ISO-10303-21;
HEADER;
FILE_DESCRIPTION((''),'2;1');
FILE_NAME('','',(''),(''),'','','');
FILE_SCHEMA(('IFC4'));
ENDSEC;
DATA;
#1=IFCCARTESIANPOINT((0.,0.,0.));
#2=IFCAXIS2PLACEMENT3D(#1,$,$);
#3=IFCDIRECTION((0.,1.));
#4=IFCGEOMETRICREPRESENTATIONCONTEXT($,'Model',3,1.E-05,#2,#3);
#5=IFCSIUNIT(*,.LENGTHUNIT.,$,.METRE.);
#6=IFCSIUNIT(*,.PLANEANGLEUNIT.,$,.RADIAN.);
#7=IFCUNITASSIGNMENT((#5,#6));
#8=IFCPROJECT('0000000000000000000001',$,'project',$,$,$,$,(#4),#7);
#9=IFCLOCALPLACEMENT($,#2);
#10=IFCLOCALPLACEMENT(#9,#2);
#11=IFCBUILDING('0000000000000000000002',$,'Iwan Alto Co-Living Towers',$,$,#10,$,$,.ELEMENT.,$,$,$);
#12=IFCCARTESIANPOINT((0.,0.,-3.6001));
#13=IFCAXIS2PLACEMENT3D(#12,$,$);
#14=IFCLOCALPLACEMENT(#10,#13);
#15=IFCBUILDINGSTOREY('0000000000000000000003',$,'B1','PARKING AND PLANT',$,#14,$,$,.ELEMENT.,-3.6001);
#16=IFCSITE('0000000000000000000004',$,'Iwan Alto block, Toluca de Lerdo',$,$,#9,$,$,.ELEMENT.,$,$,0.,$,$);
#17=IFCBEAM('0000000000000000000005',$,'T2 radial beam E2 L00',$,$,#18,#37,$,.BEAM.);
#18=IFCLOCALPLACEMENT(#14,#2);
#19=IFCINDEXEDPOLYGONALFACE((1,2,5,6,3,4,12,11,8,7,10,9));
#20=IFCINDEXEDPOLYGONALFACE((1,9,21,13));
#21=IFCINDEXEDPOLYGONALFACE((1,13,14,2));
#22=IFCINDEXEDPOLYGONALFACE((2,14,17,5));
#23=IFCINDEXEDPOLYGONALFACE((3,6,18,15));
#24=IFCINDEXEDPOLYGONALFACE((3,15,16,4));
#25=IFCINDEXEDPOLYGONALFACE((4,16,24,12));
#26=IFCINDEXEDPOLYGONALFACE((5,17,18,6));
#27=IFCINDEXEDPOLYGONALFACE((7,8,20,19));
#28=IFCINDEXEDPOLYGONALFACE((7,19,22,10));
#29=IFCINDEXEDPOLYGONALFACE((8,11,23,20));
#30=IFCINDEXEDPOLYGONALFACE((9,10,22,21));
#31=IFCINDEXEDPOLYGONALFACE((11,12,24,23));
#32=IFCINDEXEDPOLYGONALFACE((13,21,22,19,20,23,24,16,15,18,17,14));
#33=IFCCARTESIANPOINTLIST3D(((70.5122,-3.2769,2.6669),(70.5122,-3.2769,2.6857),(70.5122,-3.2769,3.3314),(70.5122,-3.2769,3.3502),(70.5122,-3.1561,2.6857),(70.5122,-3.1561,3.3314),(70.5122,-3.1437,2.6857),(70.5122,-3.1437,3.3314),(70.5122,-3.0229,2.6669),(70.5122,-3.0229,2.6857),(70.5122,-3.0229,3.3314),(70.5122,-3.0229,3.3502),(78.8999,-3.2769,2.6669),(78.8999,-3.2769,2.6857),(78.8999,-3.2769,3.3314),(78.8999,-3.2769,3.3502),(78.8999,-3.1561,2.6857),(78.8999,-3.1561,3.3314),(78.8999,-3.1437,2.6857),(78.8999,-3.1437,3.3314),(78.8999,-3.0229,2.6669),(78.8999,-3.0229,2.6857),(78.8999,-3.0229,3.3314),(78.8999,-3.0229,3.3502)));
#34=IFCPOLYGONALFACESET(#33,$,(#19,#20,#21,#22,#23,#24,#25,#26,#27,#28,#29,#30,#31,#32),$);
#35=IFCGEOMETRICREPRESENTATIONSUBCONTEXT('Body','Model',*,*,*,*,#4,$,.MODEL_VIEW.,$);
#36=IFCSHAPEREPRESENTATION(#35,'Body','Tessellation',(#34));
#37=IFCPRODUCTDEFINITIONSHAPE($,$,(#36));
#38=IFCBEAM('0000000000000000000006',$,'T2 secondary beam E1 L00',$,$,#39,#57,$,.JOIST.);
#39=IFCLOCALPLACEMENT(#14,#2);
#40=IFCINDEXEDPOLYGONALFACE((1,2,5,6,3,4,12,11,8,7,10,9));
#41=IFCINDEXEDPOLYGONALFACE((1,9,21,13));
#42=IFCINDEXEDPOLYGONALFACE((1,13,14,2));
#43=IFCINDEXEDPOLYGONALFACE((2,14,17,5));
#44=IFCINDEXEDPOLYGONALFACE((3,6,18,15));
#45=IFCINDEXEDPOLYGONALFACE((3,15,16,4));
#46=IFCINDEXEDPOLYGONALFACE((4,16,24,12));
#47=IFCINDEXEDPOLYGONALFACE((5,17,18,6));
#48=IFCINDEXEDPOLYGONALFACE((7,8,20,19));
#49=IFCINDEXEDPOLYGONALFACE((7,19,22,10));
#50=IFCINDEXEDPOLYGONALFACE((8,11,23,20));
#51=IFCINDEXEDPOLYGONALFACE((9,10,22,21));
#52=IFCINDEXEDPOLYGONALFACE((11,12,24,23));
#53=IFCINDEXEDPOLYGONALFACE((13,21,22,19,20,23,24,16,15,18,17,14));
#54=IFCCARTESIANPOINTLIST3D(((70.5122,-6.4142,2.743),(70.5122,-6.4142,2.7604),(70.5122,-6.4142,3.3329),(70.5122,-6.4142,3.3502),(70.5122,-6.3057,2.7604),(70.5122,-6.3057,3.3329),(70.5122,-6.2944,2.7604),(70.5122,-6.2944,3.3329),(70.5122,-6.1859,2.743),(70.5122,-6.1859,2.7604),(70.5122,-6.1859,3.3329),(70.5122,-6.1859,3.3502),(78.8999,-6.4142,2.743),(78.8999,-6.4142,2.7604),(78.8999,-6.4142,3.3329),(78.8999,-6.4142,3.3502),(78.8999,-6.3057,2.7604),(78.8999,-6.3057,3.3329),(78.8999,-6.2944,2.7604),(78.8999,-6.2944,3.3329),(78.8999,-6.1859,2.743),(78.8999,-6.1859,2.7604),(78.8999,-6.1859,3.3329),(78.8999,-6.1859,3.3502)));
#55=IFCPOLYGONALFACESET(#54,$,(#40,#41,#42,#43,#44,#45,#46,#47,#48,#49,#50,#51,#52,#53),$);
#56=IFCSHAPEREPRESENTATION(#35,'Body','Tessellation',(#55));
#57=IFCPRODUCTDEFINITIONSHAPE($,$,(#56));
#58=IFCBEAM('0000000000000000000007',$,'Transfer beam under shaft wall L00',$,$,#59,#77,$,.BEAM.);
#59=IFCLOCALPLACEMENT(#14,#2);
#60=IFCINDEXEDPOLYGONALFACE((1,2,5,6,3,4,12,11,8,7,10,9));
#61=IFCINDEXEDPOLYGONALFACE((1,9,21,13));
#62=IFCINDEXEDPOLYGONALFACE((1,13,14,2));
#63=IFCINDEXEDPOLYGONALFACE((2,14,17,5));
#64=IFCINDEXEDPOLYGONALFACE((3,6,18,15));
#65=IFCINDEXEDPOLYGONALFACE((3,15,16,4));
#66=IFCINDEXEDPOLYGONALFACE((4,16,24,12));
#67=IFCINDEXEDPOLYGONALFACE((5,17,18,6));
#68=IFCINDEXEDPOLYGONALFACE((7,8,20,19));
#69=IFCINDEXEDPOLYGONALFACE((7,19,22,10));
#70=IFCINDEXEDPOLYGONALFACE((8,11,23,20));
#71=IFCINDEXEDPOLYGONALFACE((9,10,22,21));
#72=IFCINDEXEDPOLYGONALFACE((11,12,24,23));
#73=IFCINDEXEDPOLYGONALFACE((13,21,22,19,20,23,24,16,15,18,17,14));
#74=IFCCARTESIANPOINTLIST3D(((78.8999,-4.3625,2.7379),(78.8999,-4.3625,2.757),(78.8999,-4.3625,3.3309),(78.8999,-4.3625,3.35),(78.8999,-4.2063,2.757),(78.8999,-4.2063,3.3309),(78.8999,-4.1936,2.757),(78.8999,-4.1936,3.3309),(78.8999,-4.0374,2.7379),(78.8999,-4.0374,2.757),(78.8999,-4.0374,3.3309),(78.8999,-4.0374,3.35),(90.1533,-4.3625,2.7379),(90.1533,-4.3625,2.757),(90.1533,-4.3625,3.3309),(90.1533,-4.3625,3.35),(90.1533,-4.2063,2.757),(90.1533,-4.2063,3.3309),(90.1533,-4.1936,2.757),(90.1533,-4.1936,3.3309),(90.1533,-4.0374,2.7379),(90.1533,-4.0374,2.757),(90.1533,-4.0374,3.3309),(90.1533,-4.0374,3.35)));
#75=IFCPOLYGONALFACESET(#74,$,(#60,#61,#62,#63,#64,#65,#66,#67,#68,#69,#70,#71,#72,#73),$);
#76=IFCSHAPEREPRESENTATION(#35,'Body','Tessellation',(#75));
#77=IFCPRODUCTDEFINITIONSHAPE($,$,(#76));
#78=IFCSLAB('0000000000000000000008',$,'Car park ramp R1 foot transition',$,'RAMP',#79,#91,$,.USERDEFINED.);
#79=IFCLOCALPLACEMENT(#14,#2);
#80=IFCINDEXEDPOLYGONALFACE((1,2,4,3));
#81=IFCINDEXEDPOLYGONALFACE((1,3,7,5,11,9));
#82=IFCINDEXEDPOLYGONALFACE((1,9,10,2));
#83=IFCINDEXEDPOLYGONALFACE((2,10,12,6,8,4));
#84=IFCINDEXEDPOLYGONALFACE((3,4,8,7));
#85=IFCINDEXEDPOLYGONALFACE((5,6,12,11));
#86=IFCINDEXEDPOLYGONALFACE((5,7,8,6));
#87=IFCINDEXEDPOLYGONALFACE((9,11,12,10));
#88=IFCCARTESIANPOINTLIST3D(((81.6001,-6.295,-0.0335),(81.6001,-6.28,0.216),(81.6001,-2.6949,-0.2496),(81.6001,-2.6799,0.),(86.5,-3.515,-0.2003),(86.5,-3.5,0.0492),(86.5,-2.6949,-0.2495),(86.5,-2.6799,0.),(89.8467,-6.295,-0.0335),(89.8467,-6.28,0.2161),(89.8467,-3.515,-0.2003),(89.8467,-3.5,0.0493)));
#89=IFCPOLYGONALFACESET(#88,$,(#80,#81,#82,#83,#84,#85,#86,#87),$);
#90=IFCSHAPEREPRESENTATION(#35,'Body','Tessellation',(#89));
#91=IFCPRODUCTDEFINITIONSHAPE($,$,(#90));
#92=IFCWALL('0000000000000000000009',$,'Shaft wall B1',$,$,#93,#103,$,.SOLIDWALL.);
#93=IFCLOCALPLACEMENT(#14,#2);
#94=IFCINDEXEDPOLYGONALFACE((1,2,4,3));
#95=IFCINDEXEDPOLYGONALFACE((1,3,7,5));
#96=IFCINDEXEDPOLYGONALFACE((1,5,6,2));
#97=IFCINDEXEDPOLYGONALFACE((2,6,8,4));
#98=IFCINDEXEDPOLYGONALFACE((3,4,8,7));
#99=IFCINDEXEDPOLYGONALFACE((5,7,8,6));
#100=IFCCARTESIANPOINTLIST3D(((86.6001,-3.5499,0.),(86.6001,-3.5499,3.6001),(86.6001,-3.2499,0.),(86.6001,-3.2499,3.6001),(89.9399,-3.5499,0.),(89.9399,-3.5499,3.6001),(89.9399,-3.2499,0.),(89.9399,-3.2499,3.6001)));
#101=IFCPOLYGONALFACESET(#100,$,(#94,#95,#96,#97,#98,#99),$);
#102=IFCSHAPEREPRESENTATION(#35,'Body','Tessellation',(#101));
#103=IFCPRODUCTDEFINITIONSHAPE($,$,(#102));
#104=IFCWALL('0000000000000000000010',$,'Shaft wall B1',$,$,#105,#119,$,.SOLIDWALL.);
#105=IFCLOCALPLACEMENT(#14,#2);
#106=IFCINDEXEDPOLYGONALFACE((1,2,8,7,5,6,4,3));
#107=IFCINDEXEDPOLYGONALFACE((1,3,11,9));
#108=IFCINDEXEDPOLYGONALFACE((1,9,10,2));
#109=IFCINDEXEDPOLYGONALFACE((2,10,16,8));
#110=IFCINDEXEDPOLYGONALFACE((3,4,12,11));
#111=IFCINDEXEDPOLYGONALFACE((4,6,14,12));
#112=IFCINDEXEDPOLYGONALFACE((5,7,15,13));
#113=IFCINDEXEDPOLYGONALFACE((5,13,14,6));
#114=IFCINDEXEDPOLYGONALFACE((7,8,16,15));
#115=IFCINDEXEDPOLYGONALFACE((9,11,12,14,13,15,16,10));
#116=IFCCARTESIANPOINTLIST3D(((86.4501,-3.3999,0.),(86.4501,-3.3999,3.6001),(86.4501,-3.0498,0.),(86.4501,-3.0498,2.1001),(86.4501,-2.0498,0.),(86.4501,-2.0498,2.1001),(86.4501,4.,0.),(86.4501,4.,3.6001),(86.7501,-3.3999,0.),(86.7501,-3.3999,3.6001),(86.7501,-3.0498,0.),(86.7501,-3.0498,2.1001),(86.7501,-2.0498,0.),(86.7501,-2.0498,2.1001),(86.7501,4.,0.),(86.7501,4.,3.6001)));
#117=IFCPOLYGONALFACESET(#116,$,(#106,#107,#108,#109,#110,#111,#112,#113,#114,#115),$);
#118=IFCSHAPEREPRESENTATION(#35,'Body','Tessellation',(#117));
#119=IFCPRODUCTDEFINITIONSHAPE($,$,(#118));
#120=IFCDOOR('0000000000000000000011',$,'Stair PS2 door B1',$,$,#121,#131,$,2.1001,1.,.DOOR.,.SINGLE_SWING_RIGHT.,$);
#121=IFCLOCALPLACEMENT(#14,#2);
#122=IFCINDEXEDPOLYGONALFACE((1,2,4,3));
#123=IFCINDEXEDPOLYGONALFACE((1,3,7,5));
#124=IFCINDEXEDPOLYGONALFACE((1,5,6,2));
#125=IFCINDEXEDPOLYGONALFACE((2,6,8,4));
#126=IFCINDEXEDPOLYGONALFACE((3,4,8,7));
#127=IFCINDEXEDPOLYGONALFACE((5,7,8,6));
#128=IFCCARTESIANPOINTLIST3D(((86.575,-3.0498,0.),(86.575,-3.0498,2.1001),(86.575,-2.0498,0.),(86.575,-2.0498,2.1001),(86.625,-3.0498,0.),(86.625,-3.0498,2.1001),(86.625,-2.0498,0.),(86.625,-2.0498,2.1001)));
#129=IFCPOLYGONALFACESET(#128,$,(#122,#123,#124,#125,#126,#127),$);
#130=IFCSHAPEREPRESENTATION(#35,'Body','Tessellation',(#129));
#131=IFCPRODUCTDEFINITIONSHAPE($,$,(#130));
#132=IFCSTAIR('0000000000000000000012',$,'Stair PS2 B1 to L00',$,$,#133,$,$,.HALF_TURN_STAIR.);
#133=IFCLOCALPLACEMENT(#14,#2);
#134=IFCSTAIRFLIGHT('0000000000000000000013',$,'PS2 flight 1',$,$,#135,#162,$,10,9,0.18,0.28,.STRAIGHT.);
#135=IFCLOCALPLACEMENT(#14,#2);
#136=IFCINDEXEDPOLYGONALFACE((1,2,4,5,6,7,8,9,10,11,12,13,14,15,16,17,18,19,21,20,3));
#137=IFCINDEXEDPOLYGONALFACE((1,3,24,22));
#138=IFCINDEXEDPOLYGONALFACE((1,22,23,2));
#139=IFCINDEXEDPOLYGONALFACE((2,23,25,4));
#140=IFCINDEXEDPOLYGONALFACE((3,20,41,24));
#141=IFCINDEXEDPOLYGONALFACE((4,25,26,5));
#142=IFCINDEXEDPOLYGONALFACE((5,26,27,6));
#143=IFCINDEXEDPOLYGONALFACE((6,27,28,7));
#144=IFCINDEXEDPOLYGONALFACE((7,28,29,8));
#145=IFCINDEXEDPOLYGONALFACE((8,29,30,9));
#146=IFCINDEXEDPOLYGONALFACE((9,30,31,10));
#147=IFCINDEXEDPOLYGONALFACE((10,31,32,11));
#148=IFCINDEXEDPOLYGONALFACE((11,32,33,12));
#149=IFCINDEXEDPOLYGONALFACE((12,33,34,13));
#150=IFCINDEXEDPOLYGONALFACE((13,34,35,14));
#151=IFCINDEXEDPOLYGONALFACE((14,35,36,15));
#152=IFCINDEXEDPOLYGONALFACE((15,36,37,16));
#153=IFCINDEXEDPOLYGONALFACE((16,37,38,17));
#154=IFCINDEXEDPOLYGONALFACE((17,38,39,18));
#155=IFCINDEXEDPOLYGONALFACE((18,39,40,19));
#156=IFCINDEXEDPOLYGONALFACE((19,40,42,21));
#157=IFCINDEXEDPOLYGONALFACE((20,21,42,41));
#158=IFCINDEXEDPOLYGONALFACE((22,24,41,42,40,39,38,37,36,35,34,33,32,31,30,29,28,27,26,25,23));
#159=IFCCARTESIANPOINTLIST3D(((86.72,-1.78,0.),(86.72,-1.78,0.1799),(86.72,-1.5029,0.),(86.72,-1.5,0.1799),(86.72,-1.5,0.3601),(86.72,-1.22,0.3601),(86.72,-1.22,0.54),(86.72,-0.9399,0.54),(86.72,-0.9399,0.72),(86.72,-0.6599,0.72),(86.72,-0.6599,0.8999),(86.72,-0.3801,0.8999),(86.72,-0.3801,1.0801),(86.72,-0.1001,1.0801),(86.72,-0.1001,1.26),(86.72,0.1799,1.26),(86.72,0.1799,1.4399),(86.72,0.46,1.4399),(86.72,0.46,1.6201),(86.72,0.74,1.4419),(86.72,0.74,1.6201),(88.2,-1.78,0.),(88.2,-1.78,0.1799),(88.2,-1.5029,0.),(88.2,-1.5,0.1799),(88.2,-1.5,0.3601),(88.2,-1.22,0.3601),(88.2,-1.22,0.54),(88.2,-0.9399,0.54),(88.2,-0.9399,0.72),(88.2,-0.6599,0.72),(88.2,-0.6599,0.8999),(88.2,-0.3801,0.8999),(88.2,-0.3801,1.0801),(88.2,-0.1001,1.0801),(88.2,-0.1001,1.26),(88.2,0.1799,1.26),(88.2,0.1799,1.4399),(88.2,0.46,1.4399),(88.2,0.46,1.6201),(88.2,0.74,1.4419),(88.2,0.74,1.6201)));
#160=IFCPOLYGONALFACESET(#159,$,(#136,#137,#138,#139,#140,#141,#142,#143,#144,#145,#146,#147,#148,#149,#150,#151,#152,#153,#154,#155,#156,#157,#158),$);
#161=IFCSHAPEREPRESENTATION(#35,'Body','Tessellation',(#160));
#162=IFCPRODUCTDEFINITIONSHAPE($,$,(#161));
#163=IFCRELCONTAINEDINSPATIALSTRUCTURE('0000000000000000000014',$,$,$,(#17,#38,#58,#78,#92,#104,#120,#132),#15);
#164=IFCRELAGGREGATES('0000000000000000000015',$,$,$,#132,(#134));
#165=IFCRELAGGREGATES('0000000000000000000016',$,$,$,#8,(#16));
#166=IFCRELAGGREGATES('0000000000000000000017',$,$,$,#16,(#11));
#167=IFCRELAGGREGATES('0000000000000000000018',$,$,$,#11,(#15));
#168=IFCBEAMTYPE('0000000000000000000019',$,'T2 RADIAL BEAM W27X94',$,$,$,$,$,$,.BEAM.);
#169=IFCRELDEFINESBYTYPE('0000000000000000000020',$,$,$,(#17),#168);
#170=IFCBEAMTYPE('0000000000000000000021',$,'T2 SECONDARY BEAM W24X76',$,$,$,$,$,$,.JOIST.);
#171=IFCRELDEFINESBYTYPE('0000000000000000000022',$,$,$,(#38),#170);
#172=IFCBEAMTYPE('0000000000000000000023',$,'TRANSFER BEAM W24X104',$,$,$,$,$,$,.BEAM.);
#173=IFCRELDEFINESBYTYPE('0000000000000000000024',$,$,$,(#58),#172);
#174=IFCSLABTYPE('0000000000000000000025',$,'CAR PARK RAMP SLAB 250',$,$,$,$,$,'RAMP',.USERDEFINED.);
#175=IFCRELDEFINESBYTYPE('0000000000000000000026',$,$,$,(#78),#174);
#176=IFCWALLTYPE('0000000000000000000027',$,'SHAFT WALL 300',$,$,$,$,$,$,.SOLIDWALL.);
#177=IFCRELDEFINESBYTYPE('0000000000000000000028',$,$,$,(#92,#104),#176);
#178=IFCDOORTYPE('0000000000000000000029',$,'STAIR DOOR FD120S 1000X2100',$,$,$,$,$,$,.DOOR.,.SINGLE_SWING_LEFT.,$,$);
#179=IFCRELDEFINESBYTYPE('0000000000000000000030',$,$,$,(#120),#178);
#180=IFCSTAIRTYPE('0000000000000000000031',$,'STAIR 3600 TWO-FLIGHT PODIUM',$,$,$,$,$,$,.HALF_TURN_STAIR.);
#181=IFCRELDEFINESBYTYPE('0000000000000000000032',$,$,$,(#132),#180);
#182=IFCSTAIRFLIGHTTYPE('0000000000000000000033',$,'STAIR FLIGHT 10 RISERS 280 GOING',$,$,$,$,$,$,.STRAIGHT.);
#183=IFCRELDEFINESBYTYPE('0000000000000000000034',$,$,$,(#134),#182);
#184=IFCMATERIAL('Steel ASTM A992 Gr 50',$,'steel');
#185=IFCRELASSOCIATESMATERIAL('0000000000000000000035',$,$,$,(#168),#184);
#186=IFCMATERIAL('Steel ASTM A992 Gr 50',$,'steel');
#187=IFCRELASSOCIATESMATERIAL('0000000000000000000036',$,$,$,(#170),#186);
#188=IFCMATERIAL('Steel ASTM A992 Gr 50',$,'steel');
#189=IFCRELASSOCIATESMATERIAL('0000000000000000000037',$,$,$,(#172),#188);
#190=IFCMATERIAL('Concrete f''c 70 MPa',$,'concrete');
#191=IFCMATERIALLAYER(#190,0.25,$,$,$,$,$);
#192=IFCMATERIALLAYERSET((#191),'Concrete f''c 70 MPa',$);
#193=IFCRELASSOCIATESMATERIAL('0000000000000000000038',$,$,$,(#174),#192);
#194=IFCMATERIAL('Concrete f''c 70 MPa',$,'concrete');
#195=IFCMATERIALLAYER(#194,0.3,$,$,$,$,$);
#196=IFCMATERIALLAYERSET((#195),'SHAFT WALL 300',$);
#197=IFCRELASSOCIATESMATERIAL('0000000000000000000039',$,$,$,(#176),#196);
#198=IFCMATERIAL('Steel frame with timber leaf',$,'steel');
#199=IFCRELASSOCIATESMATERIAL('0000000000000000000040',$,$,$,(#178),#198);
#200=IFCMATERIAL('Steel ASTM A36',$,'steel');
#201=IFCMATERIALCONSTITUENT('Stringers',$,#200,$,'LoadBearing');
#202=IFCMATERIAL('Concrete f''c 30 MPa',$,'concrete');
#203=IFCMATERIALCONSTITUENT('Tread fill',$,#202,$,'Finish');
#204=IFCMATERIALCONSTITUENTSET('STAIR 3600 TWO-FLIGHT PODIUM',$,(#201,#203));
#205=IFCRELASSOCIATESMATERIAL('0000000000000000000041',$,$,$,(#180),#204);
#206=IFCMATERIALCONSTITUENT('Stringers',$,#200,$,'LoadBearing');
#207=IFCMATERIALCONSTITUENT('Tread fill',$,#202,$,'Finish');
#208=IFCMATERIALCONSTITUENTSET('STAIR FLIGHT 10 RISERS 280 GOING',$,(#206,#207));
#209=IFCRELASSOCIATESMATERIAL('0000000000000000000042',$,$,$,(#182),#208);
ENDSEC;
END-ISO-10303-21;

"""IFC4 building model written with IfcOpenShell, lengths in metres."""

from ifc_helpers import new_model, si_unit, direction, frame, frame_2d, origin, origin_2d, place, context, subcontext, project, spatial, polyline, rectangle, i_section, outline, extrude, material, layer, layer_set, constituent, constituent_set, material_profile, profile_set, type_object, element, fill, aggregate, save


model = new_model("IFC4")

# Units and contexts
model_context = context("Model", 3, precision=1e-05, world=origin(), true_north=direction((0.0, 1.0)))
body_context = subcontext(model_context, "Body", "Model", "MODEL_VIEW")
ifc_project = project(units=[si_unit("LENGTHUNIT", "METRE"), si_unit("PLANEANGLEUNIT", "RADIAN")], contexts=[model_context])

# Site, building, storey
site_placement = place(None, origin())
site = spatial("IfcSite", under=ifc_project, at=site_placement, Name="Iwan Alto block, Toluca de Lerdo", CompositionType="ELEMENT", RefElevation=0.0)
building_placement = place(site_placement, origin())
building = spatial("IfcBuilding", under=site, at=building_placement, Name="Iwan Alto Co-Living Towers", CompositionType="ELEMENT")
storey_placement = place(building_placement, frame((0.0, 0.0, -3.6001)))
storey = spatial("IfcBuildingStorey", under=building, at=storey_placement, Name="B1", Description="PARKING AND PLANT", CompositionType="ELEMENT", Elevation=-3.6001)

# Beams
ifc_material_1 = material(Name="Steel ASTM A992 Gr 50", Category="steel")
ifc_material_profile_1 = material_profile(ifc_material_1, i_section(OverallWidth=0.2539, OverallDepth=0.6833, WebThickness=0.0125, FlangeThickness=0.0188, at=origin_2d()), Name="W27X94")
ifc_profile_set_1 = profile_set([ifc_material_profile_1], Name="Steel ASTM A992 Gr 50")
beam_type_1 = type_object("IfcBeamType", Name="T2 RADIAL BEAM W27X94", PredefinedType="BEAM", material=ifc_profile_set_1)
beam_1_placement = place(storey_placement, frame((78.8999, -3.1499, 3.0085), z_axis=(-1.0, 0.0, 0.0), x_axis=(0.0, -1.0, 0.0)))
element("IfcBeam", 1, at=beam_1_placement, inside=storey, type_object=beam_type_1, Name="T2 radial beam E2 L00", PredefinedType="BEAM", context=body_context, shape_type="SweptSolid", body=[
    extrude(i_section(OverallWidth=0.2539, OverallDepth=0.6833, WebThickness=0.0125, FlangeThickness=0.0188, at=origin_2d()), origin(), (0.0, 0.0, 1.0), 8.3877),
])
ifc_material_2 = material(Name="Steel ASTM A992 Gr 50", Category="steel")
ifc_material_profile_2 = material_profile(ifc_material_2, i_section(OverallWidth=0.2283, OverallDepth=0.6072, WebThickness=0.0112, FlangeThickness=0.0173, at=origin_2d()), Name="W24X76")
ifc_profile_set_2 = profile_set([ifc_material_profile_2], Name="Steel ASTM A992 Gr 50")
beam_type_2 = type_object("IfcBeamType", Name="T2 SECONDARY BEAM W24X76", PredefinedType="JOIST", material=ifc_profile_set_2)
beam_2_placement = place(storey_placement, frame((78.8999, -6.3, 3.0466), z_axis=(-1.0, 0.0, 0.0), x_axis=(0.0, -1.0, 0.0)))
element("IfcBeam", 2, at=beam_2_placement, inside=storey, type_object=beam_type_2, Name="T2 secondary beam E1 L00", PredefinedType="JOIST", context=body_context, shape_type="SweptSolid", body=[
    extrude(i_section(OverallWidth=0.2283, OverallDepth=0.6072, WebThickness=0.0112, FlangeThickness=0.0173, at=origin_2d()), origin(), (0.0, 0.0, 1.0), 8.3877),
])
ifc_material_3 = material(Name="Steel ASTM A992 Gr 50", Category="steel")
ifc_material_profile_3 = material_profile(ifc_material_3, i_section(OverallWidth=0.3252, OverallDepth=0.6121, WebThickness=0.0127, FlangeThickness=0.019, at=origin_2d()), Name="W24X104")
ifc_profile_set_3 = profile_set([ifc_material_profile_3], Name="Steel ASTM A992 Gr 50")
beam_type_3 = type_object("IfcBeamType", Name="TRANSFER BEAM W24X104", PredefinedType="BEAM", material=ifc_profile_set_3)
beam_3_placement = place(storey_placement, frame((78.8999, -4.2, 3.0439), z_axis=(1.0, 0.0, 0.0), x_axis=(0.0, 1.0, 0.0)))
element("IfcBeam", 3, at=beam_3_placement, inside=storey, type_object=beam_type_3, Name="Transfer beam under shaft wall L00", PredefinedType="BEAM", context=body_context, shape_type="SweptSolid", body=[
    extrude(i_section(OverallWidth=0.3252, OverallDepth=0.6121, WebThickness=0.0127, FlangeThickness=0.019, at=origin_2d()), origin(), (0.0, 0.0, 1.0), 11.2534),
])

# Slab
ifc_material_4 = material(Name="Concrete f'c 70 MPa", Category="concrete")
ifc_layer_1 = layer(ifc_material_4, 0.25)
ifc_layer_set_1 = layer_set([ifc_layer_1], Name="Concrete f'c 70 MPa")
slab_type = type_object("IfcSlabType", Name="CAR PARK RAMP SLAB 250", ElementType="RAMP", PredefinedType="USERDEFINED", material=ifc_layer_set_1)
slab_placement = place(storey_placement, frame((89.8467, -6.28, 0.2161), z_axis=(-0.000007, 0.059896, 0.998205), x_axis=(-1.0, 0.0, -0.000007)))
element("IfcSlab", 4, at=slab_placement, inside=storey, type_object=slab_type, Name="Car park ramp R1 foot transition", ObjectType="RAMP", PredefinedType="USERDEFINED", context=body_context, shape_type="SweptSolid", body=[
    extrude(outline(polyline([(0.0, 0.0), (8.2466, 0.0), (8.2466, -3.6066), (3.3467, -3.6066), (3.3467, -2.785), (0.0, -2.785), (0.0, 0.0)])), origin(), (0.0, 0.0, -1.0), 0.25),
])

# Wall
ifc_material_5 = material(Name="Concrete f'c 70 MPa", Category="concrete")
ifc_layer_2 = layer(ifc_material_5, 0.3)
ifc_layer_set_2 = layer_set([ifc_layer_2], Name="SHAFT WALL 300")
wall_type = type_object("IfcWallType", Name="SHAFT WALL 300", PredefinedType="SOLIDWALL", material=ifc_layer_set_2)
wall_1_placement = place(storey_placement, frame((86.6001, -3.3999, 0.0), z_axis=(0.0, 0.0, 1.0), x_axis=(1.0, 0.0, 0.0)))
element("IfcWall", 5, at=wall_1_placement, inside=storey, type_object=wall_type, Name="Shaft wall B1", PredefinedType="SOLIDWALL", context=body_context, shape_type="SweptSolid", body=[
    extrude(rectangle(XDim=3.3398, YDim=0.3, at=frame_2d((1.6699, 0.0))), origin(), (0.0, 0.0, 1.0), 3.6001),
])

# Wall, opening, door
wall_2_placement = place(storey_placement, frame((86.6001, -3.3999, 0.0), z_axis=(0.0, 0.0, 1.0), x_axis=(0.0, 1.0, 0.0)))
wall_2 = element("IfcWall", 6, at=wall_2_placement, inside=storey, type_object=wall_type, Name="Shaft wall B1", PredefinedType="SOLIDWALL", context=body_context, shape_type="SweptSolid", body=[
    extrude(rectangle(XDim=7.3999, YDim=0.3, at=frame_2d((3.7, 0.0))), origin(), (0.0, 0.0, 1.0), 3.6001),
])
opening_placement = place(wall_2_placement, frame((0.3501, 0.0, 0.0)))
opening = element("IfcOpeningElement", 7, at=opening_placement, cuts=wall_2, PredefinedType="OPENING", context=body_context, shape_type="SweptSolid", body=[
    extrude(rectangle(XDim=1.0, YDim=2.1001, at=frame_2d((0.5, 1.05))), frame((0.0, 0.1599, 0.0), z_axis=(0.0, -1.0, 0.0), x_axis=(1.0, 0.0, 0.0)), (0.0, 0.0, 1.0), 0.3201),
])
ifc_material_6 = material(Name="Steel frame with timber leaf", Category="steel")
door_type = type_object("IfcDoorType", Name="STAIR DOOR FD120S 1000X2100", OperationType="SINGLE_SWING_LEFT", PredefinedType="DOOR", material=ifc_material_6)
door_placement = place(opening_placement, frame((1.0, 0.0, 0.0), z_axis=(0.0, 0.0, 1.0), x_axis=(-1.0, 0.0, 0.0)))
door = element("IfcDoor", 8, at=door_placement, inside=storey, type_object=door_type, Name="Stair PS2 door B1", OperationType="SINGLE_SWING_RIGHT", OverallHeight=2.1001, OverallWidth=1.0, PredefinedType="DOOR", context=body_context, shape_type="SweptSolid", body=[
    extrude(rectangle(XDim=1.0, YDim=2.1001, at=frame_2d((0.5, 1.05))), frame((0.0, 0.0249, 0.0), z_axis=(0.0, -1.0, 0.0), x_axis=(1.0, 0.0, 0.0)), (0.0, 0.0, 1.0), 0.05),
])
fill(opening, door)

# Stair, stair flight
ifc_material_7 = material(Name="Steel ASTM A36", Category="steel")
ifc_constituent_1 = constituent(ifc_material_7, Name="Stringers", Category="LoadBearing")
ifc_material_8 = material(Name="Concrete f'c 30 MPa", Category="concrete")
ifc_constituent_2 = constituent(ifc_material_8, Name="Tread fill", Category="Finish")
ifc_constituent_set_1 = constituent_set(constituents=[ifc_constituent_1, ifc_constituent_2], Name="STAIR 3600 TWO-FLIGHT PODIUM")
stair_type = type_object("IfcStairType", Name="STAIR 3600 TWO-FLIGHT PODIUM", PredefinedType="HALF_TURN_STAIR", material=ifc_constituent_set_1)
stair_placement = place(storey_placement, origin())
stair = element("IfcStair", 9, at=stair_placement, inside=storey, type_object=stair_type, Name="Stair PS2 B1 to L00", PredefinedType="HALF_TURN_STAIR")
ifc_constituent_3 = constituent(ifc_material_7, Name="Stringers", Category="LoadBearing")
ifc_constituent_4 = constituent(ifc_material_8, Name="Tread fill", Category="Finish")
ifc_constituent_set_2 = constituent_set(constituents=[ifc_constituent_3, ifc_constituent_4], Name="STAIR FLIGHT 10 RISERS 280 GOING")
stair_flight_type = type_object("IfcStairFlightType", Name="STAIR FLIGHT 10 RISERS 280 GOING", PredefinedType="STRAIGHT", material=ifc_constituent_set_2)
stair_flight_placement = place(storey_placement, frame((87.46, -1.78, 0.0), z_axis=(0.0, 0.0, 1.0), x_axis=(0.0, 1.0, 0.0)))
stair_flight = element("IfcStairFlight", 10, at=stair_flight_placement, type_object=stair_flight_type, Name="PS2 flight 1", NumberOfRisers=10, NumberOfTreads=9, PredefinedType="STRAIGHT", RiserHeight=0.18, TreadLength=0.28, context=body_context, shape_type="SweptSolid", body=[
    extrude(outline(polyline([(0.0, 0.0), (0.0, 0.1799), (0.28, 0.1799), (0.28, 0.3601), (0.5601, 0.3601), (0.5601, 0.54), (0.8401, 0.54), (0.8401, 0.72), (1.1201, 0.72), (1.1201, 0.8999), (1.3999, 0.8999), (1.3999, 1.0801), (1.6799, 1.0801), (1.6799, 1.26), (1.96, 1.26), (1.96, 1.4399), (2.24, 1.4399), (2.24, 1.6201), (2.52, 1.6201), (2.52, 1.8), (2.52, 1.4419), (0.2771, 0.0), (0.0, 0.0)])), frame((0.0, 0.74, 0.0), z_axis=(0.0, -1.0, 0.0), x_axis=(1.0, 0.0, 0.0)), (0.0, 0.0, 1.0), 1.48),
])
aggregate(stair, [stair_flight])

save(model, "model.ifc")
